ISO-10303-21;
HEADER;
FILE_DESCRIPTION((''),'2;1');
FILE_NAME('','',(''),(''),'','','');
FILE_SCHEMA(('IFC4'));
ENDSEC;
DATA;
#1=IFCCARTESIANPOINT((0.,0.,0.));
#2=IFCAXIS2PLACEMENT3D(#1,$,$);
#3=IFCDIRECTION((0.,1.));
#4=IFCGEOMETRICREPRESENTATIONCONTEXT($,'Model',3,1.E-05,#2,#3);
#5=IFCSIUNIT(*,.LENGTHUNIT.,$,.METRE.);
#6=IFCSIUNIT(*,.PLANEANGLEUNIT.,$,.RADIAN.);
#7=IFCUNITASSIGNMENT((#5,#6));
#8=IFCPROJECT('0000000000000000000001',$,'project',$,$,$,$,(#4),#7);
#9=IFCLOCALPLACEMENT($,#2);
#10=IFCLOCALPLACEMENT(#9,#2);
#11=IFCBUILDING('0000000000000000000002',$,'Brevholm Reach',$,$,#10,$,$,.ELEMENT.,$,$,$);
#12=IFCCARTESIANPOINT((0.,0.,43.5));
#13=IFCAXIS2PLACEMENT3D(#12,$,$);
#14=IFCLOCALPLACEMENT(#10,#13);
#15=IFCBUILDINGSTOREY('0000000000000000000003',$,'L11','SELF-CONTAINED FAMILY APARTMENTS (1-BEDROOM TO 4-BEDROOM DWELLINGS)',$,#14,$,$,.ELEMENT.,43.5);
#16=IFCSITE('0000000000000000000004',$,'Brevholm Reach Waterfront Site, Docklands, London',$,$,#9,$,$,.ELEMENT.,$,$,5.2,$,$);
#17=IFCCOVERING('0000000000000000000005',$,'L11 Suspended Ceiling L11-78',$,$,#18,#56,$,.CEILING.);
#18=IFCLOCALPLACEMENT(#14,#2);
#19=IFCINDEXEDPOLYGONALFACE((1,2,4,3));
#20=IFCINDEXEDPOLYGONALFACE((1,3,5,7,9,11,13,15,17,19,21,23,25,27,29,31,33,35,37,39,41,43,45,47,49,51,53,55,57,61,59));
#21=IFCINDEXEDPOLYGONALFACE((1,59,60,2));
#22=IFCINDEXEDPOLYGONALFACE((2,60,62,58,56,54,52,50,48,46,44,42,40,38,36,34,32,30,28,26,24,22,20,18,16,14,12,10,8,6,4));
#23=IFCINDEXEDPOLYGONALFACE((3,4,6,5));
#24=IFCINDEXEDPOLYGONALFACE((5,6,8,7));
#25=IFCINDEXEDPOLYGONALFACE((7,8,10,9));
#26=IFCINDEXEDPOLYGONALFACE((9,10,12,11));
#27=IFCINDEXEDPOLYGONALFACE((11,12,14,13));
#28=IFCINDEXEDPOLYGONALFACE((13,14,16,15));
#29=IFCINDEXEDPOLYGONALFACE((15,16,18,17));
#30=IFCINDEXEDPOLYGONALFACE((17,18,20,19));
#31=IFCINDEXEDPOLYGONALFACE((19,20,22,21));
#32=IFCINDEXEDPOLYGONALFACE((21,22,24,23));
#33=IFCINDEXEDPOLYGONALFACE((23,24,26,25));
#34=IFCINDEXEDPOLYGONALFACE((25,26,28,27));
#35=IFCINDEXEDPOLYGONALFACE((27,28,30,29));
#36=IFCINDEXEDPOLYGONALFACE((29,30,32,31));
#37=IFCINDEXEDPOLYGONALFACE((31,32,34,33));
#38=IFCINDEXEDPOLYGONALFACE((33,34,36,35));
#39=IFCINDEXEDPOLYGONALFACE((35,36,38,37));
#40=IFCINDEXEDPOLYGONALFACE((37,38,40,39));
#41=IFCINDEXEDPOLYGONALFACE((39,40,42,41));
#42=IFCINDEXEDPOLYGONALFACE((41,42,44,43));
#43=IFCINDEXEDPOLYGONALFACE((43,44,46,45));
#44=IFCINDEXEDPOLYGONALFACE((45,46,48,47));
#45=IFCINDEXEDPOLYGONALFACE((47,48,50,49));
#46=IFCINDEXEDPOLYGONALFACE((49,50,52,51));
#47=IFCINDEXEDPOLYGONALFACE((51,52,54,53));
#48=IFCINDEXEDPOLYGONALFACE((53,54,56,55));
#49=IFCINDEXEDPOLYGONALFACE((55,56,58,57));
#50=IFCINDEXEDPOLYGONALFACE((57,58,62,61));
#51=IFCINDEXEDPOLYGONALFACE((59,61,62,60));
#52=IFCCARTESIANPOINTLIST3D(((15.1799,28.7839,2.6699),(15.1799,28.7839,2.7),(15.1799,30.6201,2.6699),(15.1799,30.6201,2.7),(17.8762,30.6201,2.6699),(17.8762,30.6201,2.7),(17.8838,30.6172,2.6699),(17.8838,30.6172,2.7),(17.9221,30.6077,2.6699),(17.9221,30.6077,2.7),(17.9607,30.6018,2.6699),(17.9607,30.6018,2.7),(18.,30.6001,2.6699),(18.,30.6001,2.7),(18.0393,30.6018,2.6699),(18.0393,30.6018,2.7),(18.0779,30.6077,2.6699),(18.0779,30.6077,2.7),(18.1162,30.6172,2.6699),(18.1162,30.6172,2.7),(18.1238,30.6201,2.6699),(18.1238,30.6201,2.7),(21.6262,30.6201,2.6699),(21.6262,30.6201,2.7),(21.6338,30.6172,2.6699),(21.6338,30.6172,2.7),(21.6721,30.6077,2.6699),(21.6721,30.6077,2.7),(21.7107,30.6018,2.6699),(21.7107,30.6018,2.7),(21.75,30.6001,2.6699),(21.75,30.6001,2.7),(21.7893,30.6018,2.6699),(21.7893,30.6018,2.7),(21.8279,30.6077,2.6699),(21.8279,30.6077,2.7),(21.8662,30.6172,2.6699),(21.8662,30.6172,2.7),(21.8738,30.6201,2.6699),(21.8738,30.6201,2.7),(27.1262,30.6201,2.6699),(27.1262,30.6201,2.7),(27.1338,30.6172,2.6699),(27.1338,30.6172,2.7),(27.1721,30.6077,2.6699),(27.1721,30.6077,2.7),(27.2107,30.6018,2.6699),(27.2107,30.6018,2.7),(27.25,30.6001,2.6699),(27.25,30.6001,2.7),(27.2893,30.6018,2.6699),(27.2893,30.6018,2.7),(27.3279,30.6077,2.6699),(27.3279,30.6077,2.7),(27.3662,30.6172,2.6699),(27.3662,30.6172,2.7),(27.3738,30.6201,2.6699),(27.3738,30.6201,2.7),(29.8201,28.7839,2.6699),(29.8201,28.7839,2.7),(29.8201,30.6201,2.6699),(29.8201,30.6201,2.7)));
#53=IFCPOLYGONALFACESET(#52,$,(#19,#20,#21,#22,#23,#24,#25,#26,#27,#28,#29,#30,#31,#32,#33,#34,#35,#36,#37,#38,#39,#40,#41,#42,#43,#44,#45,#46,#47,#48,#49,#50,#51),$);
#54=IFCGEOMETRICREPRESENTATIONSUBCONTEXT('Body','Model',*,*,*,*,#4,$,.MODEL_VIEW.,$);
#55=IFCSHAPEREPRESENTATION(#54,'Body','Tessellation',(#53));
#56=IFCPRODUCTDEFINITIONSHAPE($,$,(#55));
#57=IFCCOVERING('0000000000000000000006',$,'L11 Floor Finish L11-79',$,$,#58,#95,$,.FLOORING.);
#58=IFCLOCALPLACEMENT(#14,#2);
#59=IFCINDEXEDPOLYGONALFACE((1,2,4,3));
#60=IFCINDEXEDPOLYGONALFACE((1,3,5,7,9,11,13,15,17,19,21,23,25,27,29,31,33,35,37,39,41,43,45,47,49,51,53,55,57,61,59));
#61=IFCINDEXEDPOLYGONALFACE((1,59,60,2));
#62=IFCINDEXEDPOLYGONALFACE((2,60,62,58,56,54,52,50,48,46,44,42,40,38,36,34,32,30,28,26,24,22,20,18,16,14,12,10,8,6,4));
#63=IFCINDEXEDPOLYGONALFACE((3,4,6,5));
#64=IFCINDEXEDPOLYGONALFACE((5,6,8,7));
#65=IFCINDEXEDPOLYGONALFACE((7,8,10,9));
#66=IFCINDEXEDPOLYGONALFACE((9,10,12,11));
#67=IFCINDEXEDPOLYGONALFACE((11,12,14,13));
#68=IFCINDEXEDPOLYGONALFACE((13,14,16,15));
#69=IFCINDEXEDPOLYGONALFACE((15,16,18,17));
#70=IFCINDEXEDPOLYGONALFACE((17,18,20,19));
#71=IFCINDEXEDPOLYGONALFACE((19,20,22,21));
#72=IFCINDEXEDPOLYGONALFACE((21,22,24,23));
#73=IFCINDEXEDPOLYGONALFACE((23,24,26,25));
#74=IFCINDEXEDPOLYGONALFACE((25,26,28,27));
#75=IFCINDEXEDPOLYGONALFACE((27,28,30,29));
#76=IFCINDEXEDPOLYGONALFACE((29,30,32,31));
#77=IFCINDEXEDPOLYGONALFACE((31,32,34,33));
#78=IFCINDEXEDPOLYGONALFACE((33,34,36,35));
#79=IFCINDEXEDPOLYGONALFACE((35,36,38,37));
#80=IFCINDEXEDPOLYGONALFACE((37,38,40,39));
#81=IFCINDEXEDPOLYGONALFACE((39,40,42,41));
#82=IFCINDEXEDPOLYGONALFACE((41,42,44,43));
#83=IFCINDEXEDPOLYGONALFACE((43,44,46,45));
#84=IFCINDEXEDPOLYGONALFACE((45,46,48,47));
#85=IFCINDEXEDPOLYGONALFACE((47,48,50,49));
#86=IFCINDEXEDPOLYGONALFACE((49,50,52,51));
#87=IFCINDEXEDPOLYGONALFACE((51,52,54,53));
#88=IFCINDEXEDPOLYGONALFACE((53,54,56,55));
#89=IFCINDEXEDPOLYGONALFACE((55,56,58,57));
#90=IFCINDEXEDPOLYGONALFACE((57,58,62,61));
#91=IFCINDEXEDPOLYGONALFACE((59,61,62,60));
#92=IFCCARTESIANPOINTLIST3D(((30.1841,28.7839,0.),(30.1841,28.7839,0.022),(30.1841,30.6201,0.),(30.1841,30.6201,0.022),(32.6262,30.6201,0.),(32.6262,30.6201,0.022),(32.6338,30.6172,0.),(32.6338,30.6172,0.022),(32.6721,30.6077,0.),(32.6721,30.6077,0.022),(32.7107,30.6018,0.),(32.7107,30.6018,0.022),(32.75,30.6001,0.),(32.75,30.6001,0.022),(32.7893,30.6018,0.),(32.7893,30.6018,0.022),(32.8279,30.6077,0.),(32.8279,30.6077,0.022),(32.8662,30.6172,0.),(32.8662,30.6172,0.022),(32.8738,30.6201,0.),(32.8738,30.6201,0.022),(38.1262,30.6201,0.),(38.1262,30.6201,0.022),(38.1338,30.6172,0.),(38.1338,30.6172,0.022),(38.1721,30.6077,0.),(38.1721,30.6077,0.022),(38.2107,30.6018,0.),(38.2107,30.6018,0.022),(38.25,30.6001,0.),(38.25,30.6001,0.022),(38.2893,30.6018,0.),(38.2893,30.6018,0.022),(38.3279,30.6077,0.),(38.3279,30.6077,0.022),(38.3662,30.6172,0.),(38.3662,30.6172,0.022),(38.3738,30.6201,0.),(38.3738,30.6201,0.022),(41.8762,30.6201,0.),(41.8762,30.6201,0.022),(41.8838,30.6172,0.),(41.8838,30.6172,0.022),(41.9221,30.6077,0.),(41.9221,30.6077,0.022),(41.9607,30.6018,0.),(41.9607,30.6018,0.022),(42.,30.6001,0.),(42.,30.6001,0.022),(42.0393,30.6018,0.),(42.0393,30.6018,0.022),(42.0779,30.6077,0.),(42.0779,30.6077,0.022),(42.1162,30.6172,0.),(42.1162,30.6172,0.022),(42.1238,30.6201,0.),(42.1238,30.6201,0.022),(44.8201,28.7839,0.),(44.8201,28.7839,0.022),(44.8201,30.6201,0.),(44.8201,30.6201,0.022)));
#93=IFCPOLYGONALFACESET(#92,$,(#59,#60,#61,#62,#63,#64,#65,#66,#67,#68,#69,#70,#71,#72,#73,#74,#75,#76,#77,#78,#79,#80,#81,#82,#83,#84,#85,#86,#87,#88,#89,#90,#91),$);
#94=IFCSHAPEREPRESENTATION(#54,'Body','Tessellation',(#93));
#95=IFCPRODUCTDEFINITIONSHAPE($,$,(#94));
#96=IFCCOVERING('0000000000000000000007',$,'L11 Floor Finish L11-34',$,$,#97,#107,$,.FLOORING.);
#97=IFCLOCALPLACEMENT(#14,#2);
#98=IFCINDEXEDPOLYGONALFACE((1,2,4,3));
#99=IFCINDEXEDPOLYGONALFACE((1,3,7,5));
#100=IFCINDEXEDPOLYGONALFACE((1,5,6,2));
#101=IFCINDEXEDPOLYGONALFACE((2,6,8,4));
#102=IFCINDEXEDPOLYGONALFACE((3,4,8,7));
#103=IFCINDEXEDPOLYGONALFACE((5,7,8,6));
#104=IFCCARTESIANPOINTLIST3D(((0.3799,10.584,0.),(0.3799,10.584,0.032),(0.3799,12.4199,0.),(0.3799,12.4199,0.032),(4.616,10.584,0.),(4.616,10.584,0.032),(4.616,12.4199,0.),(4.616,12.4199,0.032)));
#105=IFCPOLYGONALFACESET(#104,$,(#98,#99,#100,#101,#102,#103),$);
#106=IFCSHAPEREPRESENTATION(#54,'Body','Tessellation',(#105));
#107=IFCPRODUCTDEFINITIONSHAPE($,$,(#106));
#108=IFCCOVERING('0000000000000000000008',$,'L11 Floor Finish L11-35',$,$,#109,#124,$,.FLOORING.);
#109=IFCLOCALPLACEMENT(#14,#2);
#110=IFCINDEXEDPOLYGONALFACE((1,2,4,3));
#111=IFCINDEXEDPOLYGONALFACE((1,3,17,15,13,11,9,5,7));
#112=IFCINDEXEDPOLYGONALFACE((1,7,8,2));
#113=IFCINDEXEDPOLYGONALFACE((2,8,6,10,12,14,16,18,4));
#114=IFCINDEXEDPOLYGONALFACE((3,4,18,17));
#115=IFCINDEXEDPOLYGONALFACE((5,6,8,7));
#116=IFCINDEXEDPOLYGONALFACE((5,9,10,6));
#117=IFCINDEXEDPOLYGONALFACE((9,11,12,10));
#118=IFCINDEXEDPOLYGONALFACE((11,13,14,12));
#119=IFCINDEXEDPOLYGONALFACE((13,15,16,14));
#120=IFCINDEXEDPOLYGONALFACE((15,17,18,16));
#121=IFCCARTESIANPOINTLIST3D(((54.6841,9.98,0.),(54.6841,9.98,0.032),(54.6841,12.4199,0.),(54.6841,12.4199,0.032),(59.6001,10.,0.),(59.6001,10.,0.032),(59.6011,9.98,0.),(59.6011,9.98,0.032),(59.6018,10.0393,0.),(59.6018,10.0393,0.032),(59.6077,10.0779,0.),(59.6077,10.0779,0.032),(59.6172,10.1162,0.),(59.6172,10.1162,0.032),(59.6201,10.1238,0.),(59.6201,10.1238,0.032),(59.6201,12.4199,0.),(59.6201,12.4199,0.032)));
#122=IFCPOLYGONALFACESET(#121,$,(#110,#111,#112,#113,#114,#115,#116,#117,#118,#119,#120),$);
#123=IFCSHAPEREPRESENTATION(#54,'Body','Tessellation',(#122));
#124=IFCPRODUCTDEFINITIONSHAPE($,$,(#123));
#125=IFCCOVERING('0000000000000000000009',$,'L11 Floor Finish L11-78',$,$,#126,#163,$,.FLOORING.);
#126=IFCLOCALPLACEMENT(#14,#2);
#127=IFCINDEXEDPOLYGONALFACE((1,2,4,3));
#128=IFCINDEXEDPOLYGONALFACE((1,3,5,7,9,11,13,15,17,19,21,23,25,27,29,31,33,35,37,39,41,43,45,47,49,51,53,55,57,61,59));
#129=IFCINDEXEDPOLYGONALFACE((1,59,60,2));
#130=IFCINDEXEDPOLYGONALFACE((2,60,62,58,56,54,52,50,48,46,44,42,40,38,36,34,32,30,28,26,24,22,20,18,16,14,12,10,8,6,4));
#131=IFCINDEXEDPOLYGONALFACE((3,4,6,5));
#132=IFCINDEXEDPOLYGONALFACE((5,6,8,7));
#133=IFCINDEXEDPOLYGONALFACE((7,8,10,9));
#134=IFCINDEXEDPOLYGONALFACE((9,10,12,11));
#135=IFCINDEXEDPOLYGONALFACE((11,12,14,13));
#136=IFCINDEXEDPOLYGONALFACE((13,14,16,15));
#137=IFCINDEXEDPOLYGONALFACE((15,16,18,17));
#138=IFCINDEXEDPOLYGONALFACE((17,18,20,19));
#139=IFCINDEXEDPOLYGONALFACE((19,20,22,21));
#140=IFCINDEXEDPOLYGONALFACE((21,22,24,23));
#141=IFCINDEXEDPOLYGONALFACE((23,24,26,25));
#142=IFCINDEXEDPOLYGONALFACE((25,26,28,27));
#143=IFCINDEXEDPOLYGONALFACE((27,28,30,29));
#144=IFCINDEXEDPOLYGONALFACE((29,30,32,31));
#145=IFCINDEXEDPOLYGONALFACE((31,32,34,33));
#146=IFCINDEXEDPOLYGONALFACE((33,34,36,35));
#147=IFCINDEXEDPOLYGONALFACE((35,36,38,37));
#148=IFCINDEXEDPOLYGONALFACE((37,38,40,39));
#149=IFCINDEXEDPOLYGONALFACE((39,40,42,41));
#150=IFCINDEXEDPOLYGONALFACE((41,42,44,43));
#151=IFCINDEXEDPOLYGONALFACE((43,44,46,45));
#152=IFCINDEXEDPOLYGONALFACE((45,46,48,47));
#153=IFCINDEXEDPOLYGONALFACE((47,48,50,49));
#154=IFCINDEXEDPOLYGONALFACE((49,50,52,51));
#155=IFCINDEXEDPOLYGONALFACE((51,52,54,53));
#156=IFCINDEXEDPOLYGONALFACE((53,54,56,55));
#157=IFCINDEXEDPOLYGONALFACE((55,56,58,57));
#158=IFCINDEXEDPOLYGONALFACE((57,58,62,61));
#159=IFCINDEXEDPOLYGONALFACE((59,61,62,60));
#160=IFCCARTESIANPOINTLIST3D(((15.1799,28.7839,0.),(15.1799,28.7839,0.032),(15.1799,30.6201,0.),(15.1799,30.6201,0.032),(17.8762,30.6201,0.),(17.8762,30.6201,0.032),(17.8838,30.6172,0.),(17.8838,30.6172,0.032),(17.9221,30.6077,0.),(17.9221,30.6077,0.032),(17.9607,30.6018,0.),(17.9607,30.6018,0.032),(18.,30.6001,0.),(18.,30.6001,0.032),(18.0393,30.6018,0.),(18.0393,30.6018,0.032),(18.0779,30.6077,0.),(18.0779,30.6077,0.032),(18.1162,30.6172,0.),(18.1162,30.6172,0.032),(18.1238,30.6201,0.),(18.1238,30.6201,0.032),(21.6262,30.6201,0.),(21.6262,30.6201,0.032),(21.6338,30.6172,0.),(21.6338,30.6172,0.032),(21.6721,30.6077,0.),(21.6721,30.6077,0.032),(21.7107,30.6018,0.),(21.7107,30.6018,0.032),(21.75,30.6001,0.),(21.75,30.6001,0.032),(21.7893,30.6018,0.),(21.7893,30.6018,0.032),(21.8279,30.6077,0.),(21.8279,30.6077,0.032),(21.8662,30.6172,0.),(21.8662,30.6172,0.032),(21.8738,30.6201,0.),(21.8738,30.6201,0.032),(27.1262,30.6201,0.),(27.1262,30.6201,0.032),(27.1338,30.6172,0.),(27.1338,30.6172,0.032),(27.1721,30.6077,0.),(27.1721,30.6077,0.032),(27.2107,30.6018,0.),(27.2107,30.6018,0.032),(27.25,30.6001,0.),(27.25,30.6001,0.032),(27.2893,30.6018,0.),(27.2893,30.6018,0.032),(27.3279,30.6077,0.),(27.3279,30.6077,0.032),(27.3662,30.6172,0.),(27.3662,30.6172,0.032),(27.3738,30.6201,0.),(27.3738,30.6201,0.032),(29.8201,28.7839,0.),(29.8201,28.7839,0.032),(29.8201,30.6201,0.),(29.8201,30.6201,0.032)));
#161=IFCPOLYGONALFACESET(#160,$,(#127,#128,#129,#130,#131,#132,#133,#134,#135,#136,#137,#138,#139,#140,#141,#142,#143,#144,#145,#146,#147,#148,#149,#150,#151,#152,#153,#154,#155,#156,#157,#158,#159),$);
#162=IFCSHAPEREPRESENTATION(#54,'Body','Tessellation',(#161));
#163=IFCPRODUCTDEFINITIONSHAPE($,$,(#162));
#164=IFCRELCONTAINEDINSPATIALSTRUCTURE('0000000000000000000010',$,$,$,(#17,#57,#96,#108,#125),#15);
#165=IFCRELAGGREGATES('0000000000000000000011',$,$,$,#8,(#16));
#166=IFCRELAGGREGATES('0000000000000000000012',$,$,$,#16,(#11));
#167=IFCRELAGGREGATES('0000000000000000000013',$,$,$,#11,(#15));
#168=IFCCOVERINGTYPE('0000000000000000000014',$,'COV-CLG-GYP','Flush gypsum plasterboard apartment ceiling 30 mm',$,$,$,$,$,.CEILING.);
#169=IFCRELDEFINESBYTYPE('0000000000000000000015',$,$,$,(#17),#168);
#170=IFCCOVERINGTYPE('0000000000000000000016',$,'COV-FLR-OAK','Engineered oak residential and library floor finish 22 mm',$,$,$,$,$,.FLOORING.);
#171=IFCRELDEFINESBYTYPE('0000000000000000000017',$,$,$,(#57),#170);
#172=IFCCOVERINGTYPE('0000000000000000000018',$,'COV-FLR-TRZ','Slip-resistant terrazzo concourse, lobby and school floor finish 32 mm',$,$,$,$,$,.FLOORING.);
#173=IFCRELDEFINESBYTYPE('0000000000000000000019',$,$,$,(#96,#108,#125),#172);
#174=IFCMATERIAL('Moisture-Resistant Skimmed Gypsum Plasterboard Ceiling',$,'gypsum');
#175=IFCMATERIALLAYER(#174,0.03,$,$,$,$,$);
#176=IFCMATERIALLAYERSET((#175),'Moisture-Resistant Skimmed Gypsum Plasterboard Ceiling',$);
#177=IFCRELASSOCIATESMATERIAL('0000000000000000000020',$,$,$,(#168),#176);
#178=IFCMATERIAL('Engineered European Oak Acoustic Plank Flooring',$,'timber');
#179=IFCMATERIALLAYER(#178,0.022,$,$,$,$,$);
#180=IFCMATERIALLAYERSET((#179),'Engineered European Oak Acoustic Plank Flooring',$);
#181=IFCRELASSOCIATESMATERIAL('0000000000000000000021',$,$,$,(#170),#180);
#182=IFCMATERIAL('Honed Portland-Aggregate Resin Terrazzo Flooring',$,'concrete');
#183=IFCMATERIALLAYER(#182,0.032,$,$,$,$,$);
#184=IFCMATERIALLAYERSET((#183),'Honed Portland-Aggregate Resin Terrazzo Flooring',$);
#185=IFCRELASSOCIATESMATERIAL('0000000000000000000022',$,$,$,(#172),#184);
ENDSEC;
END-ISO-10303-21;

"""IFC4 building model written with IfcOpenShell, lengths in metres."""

from ifc_helpers import new_model, si_unit, direction, frame, origin, place, context, subcontext, project, spatial, polyline, outline, extrude, material, layer, layer_set, type_object, element, save


model = new_model("IFC4")

# Units and contexts
model_context = context("Model", 3, precision=1e-05, world=origin(), true_north=direction((0.0, 1.0)))
body_context = subcontext(model_context, "Body", "Model", "MODEL_VIEW")
ifc_project = project(units=[si_unit("LENGTHUNIT", "METRE"), si_unit("PLANEANGLEUNIT", "RADIAN")], contexts=[model_context])

# Site, building, storey
site_placement = place(None, origin())
site = spatial("IfcSite", under=ifc_project, at=site_placement, Name="Brevholm Reach Waterfront Site, Docklands, London", CompositionType="ELEMENT", RefElevation=5.2)
building_placement = place(site_placement, origin())
building = spatial("IfcBuilding", under=site, at=building_placement, Name="Brevholm Reach", CompositionType="ELEMENT")
storey_placement = place(building_placement, frame((0.0, 0.0, 43.5)))
storey = spatial("IfcBuildingStorey", under=building, at=storey_placement, Name="L11", Description="SELF-CONTAINED FAMILY APARTMENTS (1-BEDROOM TO 4-BEDROOM DWELLINGS)", CompositionType="ELEMENT", Elevation=43.5)

# Coverings
ifc_material_1 = material(Name="Moisture-Resistant Skimmed Gypsum Plasterboard Ceiling", Category="gypsum")
ifc_layer_1 = layer(ifc_material_1, 0.03)
ifc_layer_set_1 = layer_set([ifc_layer_1], Name="Moisture-Resistant Skimmed Gypsum Plasterboard Ceiling")
covering_type_1 = type_object("IfcCoveringType", Name="COV-CLG-GYP", Description="Flush gypsum plasterboard apartment ceiling 30 mm", PredefinedType="CEILING", material=ifc_layer_set_1)
covering_1_placement = place(storey_placement, frame((0.0, 0.0, 2.6699)))
element("IfcCovering", 1, at=covering_1_placement, inside=storey, type_object=covering_type_1, Name="L11 Suspended Ceiling L11-78", PredefinedType="CEILING", context=body_context, shape_type="SweptSolid", body=[
    extrude(outline(polyline([(15.1799, 30.6201), (17.8762, 30.6201), (17.8838, 30.6172), (17.9221, 30.6077), (17.9607, 30.6018), (18.0, 30.6001), (18.0393, 30.6018), (18.0779, 30.6077), (18.1162, 30.6172), (18.1238, 30.6201), (21.6262, 30.6201), (21.6338, 30.6172), (21.6721, 30.6077), (21.7107, 30.6018), (21.75, 30.6001), (21.7893, 30.6018), (21.8279, 30.6077), (21.8662, 30.6172), (21.8738, 30.6201), (27.1262, 30.6201), (27.1338, 30.6172), (27.1721, 30.6077), (27.2107, 30.6018), (27.25, 30.6001), (27.2893, 30.6018), (27.3279, 30.6077), (27.3662, 30.6172), (27.3738, 30.6201), (29.8201, 30.6201), (29.8201, 28.7839), (15.1799, 28.7839), (15.1799, 30.6201)])), origin(), (0.0, 0.0, 1.0), 0.03),
])
ifc_material_2 = material(Name="Engineered European Oak Acoustic Plank Flooring", Category="timber")
ifc_layer_2 = layer(ifc_material_2, 0.022)
ifc_layer_set_2 = layer_set([ifc_layer_2], Name="Engineered European Oak Acoustic Plank Flooring")
covering_type_2 = type_object("IfcCoveringType", Name="COV-FLR-OAK", Description="Engineered oak residential and library floor finish 22 mm", PredefinedType="FLOORING", material=ifc_layer_set_2)
covering_2_placement = place(storey_placement, origin())
element("IfcCovering", 2, at=covering_2_placement, inside=storey, type_object=covering_type_2, Name="L11 Floor Finish L11-79", PredefinedType="FLOORING", context=body_context, shape_type="SweptSolid", body=[
    extrude(outline(polyline([(32.6262, 30.6201), (32.6338, 30.6172), (32.6721, 30.6077), (32.7107, 30.6018), (32.75, 30.6001), (32.7893, 30.6018), (32.8279, 30.6077), (32.8662, 30.6172), (32.8738, 30.6201), (38.1262, 30.6201), (38.1338, 30.6172), (38.1721, 30.6077), (38.2107, 30.6018), (38.25, 30.6001), (38.2893, 30.6018), (38.3279, 30.6077), (38.3662, 30.6172), (38.3738, 30.6201), (41.8762, 30.6201), (41.8838, 30.6172), (41.9221, 30.6077), (41.9607, 30.6018), (42.0, 30.6001), (42.0393, 30.6018), (42.0779, 30.6077), (42.1162, 30.6172), (42.1238, 30.6201), (44.8201, 30.6201), (44.8201, 28.7839), (30.1841, 28.7839), (30.1841, 30.6201), (32.6262, 30.6201)])), origin(), (0.0, 0.0, 1.0), 0.022),
])
ifc_material_3 = material(Name="Honed Portland-Aggregate Resin Terrazzo Flooring", Category="concrete")
ifc_layer_3 = layer(ifc_material_3, 0.032)
ifc_layer_set_3 = layer_set([ifc_layer_3], Name="Honed Portland-Aggregate Resin Terrazzo Flooring")
covering_type_3 = type_object("IfcCoveringType", Name="COV-FLR-TRZ", Description="Slip-resistant terrazzo concourse, lobby and school floor finish 32 mm", PredefinedType="FLOORING", material=ifc_layer_set_3)
covering_3_placement = place(storey_placement, origin())
element("IfcCovering", 3, at=covering_3_placement, inside=storey, type_object=covering_type_3, Name="L11 Floor Finish L11-34", PredefinedType="FLOORING", context=body_context, shape_type="SweptSolid", body=[
    extrude(outline(polyline([(0.3799, 12.4199), (4.616, 12.4199), (4.616, 10.584), (0.3799, 10.584), (0.3799, 12.4199)])), origin(), (0.0, 0.0, 1.0), 0.032),
])
covering_4_placement = place(storey_placement, origin())
element("IfcCovering", 4, at=covering_4_placement, inside=storey, type_object=covering_type_3, Name="L11 Floor Finish L11-35", PredefinedType="FLOORING", context=body_context, shape_type="SweptSolid", body=[
    extrude(outline(polyline([(59.6201, 12.4199), (59.6201, 10.1238), (59.6172, 10.1162), (59.6077, 10.0779), (59.6018, 10.0393), (59.6001, 10.0), (59.6011, 9.98), (54.6841, 9.98), (54.6841, 12.4199), (59.6201, 12.4199)])), origin(), (0.0, 0.0, 1.0), 0.032),
])
covering_5_placement = place(storey_placement, origin())
element("IfcCovering", 5, at=covering_5_placement, inside=storey, type_object=covering_type_3, Name="L11 Floor Finish L11-78", PredefinedType="FLOORING", context=body_context, shape_type="SweptSolid", body=[
    extrude(outline(polyline([(15.1799, 30.6201), (17.8762, 30.6201), (17.8838, 30.6172), (17.9221, 30.6077), (17.9607, 30.6018), (18.0, 30.6001), (18.0393, 30.6018), (18.0779, 30.6077), (18.1162, 30.6172), (18.1238, 30.6201), (21.6262, 30.6201), (21.6338, 30.6172), (21.6721, 30.6077), (21.7107, 30.6018), (21.75, 30.6001), (21.7893, 30.6018), (21.8279, 30.6077), (21.8662, 30.6172), (21.8738, 30.6201), (27.1262, 30.6201), (27.1338, 30.6172), (27.1721, 30.6077), (27.2107, 30.6018), (27.25, 30.6001), (27.2893, 30.6018), (27.3279, 30.6077), (27.3662, 30.6172), (27.3738, 30.6201), (29.8201, 30.6201), (29.8201, 28.7839), (15.1799, 28.7839), (15.1799, 30.6201)])), origin(), (0.0, 0.0, 1.0), 0.032),
])

save(model, "model.ifc")
